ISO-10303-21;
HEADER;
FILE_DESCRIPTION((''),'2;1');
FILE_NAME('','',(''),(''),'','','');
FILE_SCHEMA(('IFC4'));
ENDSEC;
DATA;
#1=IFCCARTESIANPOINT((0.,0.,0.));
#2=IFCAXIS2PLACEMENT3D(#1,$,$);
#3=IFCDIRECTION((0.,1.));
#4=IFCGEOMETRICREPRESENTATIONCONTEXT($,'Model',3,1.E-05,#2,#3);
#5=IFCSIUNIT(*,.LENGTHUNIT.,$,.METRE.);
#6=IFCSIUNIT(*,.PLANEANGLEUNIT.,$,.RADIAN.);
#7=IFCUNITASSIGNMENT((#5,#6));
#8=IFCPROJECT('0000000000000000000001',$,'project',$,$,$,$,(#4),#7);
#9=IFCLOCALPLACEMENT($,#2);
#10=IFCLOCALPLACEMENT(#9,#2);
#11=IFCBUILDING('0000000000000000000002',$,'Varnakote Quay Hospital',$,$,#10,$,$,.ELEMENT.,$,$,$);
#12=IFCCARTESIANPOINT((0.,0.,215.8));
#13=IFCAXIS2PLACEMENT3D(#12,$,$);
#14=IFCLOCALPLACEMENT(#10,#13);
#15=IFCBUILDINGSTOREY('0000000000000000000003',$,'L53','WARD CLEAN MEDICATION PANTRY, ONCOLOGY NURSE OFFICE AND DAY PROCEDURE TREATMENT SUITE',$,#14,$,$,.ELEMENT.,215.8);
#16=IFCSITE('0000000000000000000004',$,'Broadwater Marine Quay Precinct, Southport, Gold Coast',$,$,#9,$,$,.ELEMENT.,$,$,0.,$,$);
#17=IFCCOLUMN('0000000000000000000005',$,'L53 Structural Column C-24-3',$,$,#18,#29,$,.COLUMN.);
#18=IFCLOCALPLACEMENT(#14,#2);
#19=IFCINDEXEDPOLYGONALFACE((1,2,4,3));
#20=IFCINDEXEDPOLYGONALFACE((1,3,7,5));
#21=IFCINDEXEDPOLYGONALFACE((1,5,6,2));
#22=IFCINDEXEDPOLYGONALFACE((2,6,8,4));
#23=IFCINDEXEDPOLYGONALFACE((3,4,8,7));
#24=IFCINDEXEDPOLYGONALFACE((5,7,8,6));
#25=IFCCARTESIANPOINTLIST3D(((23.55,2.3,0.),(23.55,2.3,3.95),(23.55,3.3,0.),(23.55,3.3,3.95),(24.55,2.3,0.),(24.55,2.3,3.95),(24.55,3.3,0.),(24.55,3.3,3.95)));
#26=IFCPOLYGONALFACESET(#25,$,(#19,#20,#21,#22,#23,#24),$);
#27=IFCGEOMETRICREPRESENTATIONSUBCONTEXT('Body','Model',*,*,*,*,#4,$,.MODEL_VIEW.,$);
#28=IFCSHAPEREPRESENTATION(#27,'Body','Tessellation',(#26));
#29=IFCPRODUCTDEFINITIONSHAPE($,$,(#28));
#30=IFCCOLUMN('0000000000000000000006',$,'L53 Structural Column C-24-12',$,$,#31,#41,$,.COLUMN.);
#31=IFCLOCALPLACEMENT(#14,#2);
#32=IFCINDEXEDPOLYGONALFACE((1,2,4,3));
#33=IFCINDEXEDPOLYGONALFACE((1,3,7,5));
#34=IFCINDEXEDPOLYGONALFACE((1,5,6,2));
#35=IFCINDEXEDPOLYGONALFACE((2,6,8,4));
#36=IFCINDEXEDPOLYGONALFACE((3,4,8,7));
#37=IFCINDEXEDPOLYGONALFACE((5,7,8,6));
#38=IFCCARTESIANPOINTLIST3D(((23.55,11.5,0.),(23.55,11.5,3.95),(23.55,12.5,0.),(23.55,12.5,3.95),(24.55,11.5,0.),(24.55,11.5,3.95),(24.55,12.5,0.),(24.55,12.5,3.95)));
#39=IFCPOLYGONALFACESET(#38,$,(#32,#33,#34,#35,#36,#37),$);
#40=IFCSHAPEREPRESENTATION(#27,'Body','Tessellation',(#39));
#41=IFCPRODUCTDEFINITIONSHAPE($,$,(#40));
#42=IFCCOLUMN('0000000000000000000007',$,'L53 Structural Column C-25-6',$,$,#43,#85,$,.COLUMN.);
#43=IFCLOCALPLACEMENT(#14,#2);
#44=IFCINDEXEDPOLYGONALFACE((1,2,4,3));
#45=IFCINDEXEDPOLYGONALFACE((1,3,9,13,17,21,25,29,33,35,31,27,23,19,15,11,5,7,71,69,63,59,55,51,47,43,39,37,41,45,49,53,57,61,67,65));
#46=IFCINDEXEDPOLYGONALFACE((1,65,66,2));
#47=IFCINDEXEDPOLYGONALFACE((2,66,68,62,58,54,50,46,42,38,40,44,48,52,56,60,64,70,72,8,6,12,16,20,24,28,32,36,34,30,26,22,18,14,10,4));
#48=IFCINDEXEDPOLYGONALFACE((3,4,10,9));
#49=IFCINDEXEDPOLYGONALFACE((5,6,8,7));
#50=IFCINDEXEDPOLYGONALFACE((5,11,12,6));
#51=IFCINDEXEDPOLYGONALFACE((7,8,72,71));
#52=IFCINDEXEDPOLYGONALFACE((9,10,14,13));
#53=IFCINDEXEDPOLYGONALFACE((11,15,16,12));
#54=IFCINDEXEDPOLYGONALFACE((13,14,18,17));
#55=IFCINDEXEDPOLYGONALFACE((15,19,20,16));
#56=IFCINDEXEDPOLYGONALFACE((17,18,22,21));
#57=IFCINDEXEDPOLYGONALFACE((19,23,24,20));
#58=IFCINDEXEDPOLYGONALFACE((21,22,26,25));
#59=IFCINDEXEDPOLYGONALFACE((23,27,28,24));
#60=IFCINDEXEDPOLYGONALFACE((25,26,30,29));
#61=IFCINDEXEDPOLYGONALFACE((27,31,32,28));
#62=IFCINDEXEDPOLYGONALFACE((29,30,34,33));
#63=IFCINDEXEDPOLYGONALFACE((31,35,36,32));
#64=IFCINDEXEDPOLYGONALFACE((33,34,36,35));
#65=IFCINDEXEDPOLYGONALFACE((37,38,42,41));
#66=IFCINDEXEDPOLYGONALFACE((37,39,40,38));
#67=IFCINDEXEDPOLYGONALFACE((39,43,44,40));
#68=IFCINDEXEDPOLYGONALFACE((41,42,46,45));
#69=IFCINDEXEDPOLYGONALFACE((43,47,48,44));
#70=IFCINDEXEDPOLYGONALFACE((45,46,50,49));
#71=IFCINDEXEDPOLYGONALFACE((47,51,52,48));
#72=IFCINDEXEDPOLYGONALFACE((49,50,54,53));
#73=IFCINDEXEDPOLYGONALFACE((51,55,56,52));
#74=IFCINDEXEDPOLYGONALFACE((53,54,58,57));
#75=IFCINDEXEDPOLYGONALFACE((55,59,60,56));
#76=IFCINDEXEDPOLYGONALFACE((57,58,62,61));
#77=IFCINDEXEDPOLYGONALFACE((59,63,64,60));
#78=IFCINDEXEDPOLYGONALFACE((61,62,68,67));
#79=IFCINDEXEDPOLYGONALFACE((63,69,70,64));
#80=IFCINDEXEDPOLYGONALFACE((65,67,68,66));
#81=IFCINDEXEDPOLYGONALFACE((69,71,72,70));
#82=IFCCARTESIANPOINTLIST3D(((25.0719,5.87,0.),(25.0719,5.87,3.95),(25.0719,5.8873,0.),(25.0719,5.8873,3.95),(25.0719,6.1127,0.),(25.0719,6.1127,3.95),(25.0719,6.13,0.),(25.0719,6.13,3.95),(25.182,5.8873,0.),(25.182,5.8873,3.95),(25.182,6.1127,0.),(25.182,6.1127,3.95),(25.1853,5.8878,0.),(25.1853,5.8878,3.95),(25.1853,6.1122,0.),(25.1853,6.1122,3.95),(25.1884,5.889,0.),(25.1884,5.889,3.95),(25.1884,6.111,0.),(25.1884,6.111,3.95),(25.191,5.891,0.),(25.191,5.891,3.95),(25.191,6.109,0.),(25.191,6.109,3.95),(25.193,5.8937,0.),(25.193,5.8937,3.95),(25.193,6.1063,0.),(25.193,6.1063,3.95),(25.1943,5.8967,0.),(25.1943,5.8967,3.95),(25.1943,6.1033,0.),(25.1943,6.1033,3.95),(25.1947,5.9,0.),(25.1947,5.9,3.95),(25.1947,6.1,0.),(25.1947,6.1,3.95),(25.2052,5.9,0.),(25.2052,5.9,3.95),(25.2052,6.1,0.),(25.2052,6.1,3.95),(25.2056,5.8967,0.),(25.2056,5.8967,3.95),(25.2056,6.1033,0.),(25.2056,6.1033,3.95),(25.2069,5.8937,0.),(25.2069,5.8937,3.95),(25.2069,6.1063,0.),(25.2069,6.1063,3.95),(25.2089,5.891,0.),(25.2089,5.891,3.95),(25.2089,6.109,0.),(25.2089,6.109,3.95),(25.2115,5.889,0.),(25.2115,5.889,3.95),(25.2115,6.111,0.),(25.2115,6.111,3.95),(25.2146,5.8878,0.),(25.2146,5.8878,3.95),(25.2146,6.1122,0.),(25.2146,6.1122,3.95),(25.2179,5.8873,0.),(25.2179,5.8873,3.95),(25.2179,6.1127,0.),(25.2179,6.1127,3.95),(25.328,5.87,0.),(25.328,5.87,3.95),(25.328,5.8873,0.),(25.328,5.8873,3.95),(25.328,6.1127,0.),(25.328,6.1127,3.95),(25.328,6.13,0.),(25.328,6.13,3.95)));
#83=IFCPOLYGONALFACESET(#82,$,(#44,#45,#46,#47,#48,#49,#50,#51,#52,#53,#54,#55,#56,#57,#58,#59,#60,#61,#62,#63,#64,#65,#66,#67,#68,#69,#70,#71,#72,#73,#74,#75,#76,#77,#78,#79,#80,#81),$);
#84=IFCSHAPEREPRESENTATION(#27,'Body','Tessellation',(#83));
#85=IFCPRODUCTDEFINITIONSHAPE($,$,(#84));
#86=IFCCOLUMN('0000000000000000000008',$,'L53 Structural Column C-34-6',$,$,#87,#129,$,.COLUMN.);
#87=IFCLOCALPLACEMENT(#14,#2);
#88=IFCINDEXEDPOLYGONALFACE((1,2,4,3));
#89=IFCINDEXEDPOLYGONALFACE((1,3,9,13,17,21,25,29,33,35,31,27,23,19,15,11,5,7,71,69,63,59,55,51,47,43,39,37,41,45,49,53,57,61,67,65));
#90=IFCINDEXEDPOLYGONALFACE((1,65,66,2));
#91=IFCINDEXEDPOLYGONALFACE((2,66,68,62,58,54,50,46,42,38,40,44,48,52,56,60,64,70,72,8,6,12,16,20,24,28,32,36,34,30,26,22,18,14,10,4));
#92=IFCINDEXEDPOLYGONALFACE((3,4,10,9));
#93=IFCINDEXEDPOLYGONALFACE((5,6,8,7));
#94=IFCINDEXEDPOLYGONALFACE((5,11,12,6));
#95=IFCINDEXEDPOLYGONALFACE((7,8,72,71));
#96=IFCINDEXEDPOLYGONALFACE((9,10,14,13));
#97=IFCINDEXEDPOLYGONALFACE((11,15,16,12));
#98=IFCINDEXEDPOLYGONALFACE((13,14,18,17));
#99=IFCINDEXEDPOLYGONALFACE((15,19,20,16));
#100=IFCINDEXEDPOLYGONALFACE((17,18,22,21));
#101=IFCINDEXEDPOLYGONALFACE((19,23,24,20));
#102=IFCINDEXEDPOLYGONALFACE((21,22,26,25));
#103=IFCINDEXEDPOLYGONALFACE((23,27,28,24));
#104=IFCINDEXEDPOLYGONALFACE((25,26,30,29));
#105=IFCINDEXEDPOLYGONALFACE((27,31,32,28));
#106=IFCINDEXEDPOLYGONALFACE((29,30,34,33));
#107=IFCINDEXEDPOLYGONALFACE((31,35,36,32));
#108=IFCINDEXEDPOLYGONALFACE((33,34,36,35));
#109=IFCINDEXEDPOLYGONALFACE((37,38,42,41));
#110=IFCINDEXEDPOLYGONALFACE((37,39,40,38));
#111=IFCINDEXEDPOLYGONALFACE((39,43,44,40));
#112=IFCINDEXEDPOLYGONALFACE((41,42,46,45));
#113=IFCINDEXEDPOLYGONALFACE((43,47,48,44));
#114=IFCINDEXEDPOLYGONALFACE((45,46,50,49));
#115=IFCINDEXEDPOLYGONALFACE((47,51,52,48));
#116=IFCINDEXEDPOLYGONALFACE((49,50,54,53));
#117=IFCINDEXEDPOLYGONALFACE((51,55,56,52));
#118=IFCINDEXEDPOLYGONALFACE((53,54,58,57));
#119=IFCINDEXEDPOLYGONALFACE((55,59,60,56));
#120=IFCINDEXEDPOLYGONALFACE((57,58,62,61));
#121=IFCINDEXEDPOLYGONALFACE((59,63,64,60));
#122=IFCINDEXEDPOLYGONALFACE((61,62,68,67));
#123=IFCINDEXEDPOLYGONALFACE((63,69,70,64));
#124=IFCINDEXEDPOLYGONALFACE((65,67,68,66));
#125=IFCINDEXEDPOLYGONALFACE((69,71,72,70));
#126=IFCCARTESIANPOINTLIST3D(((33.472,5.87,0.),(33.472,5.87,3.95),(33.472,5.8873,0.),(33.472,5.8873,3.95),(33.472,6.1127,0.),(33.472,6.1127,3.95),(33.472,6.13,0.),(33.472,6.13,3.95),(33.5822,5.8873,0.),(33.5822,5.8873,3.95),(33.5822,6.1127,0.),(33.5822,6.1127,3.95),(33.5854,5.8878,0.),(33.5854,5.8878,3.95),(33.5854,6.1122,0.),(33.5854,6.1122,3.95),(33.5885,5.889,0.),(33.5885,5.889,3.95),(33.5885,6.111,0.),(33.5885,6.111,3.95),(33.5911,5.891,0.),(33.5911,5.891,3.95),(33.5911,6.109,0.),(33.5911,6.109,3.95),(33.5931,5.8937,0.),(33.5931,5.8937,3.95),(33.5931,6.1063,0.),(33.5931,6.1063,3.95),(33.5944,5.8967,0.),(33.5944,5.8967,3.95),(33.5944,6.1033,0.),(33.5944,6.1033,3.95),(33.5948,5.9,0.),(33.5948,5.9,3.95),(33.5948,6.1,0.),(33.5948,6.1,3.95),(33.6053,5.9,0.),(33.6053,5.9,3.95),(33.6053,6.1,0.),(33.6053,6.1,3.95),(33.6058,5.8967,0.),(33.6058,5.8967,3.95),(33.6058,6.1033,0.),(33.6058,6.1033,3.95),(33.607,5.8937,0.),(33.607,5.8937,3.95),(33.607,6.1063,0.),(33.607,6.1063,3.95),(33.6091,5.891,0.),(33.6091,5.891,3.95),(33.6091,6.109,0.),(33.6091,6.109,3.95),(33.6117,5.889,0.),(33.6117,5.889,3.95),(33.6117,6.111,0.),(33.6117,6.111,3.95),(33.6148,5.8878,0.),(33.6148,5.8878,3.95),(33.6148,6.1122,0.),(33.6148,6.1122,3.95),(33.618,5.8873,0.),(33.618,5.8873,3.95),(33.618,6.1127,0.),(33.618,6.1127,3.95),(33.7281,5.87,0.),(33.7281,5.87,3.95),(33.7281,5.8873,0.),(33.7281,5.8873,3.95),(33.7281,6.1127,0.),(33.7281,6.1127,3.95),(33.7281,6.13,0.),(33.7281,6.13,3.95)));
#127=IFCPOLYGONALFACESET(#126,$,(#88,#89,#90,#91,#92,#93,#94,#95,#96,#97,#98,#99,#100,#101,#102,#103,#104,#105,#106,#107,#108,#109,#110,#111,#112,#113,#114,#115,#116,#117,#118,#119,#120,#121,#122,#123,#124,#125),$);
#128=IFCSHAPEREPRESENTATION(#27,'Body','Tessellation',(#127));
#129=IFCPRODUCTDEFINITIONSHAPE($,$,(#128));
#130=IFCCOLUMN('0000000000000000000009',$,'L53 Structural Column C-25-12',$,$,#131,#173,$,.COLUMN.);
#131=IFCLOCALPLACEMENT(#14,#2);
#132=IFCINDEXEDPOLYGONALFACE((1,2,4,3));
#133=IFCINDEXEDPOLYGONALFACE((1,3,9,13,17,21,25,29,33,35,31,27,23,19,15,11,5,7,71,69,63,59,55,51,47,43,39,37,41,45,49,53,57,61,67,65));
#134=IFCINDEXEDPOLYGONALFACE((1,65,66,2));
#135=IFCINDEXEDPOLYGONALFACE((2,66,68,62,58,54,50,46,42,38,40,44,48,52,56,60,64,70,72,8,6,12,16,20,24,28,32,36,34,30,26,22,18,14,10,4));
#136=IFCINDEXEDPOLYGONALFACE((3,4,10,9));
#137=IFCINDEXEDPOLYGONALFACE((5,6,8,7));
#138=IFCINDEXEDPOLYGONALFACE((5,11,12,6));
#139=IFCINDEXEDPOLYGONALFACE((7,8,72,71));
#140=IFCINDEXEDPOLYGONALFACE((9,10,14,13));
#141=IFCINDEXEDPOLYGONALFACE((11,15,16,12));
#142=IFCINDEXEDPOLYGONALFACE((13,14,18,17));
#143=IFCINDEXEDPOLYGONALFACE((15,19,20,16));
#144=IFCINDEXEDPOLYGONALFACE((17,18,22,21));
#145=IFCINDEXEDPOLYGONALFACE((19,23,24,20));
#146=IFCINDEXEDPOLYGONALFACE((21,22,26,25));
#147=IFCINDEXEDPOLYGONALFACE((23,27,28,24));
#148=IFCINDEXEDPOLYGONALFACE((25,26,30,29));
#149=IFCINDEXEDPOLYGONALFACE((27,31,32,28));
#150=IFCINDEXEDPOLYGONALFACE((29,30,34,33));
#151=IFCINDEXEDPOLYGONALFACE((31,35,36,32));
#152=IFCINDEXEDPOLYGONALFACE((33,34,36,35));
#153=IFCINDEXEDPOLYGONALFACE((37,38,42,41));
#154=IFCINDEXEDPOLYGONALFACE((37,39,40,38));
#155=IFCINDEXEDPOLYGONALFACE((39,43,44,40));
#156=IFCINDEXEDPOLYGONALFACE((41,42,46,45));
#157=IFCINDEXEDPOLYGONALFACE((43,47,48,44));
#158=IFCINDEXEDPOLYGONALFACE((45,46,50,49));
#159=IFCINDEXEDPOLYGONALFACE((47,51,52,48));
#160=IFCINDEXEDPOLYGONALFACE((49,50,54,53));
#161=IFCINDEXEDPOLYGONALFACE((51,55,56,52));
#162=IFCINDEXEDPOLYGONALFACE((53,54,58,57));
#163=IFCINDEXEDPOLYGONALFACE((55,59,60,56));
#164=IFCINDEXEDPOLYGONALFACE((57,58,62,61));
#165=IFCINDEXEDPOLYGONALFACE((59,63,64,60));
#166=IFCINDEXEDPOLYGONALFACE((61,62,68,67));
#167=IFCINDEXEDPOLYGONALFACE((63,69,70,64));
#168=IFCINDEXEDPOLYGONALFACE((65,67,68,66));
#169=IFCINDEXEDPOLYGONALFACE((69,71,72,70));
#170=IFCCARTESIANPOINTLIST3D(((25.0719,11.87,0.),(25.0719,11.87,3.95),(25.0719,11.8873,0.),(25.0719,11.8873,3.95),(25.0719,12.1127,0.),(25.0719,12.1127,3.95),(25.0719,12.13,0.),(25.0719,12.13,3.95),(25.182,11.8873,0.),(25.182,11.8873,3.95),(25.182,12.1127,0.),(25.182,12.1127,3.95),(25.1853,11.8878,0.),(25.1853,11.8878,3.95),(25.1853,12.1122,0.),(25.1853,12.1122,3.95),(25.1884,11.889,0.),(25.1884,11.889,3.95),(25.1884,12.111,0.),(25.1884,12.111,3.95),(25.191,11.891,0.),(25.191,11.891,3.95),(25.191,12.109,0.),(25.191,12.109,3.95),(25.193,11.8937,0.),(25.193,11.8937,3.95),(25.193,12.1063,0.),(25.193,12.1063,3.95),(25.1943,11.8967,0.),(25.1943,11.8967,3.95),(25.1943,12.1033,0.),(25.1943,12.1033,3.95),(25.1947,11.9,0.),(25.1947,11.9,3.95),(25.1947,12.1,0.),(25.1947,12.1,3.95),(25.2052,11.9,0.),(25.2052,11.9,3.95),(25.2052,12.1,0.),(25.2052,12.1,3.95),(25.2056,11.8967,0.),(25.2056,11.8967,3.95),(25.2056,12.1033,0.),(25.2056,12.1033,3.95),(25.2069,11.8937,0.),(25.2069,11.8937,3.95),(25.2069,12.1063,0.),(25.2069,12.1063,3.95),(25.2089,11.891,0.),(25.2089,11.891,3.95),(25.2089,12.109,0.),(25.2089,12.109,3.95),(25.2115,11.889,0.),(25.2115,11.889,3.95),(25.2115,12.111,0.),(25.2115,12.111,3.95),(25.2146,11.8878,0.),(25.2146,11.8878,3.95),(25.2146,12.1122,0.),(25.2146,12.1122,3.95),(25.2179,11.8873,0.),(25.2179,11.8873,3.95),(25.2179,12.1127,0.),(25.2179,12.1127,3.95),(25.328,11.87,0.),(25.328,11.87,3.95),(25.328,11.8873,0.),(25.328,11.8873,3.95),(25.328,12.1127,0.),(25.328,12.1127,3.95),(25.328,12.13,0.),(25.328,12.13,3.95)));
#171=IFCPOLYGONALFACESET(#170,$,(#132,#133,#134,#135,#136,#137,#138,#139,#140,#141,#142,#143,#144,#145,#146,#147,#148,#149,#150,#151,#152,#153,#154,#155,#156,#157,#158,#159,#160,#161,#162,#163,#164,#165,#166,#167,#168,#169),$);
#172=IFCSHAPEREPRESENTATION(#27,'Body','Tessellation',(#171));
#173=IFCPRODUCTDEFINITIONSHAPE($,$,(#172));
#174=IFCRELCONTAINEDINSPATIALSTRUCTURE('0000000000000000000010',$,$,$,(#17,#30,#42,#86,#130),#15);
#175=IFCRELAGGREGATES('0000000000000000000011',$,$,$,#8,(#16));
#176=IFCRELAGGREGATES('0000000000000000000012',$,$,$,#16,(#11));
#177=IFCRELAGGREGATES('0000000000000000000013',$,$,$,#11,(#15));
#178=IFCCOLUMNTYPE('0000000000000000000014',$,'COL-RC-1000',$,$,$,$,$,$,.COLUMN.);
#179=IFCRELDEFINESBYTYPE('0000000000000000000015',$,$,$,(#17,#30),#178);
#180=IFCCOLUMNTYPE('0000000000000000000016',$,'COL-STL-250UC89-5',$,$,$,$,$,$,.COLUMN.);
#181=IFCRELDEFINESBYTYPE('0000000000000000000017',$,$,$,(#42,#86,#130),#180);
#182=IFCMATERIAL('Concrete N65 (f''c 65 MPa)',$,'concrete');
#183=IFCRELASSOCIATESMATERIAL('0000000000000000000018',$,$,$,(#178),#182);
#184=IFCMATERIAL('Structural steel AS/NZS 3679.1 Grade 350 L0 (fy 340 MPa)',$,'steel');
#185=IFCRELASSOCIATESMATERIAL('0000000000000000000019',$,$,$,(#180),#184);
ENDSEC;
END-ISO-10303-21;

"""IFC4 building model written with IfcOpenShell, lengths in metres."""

from ifc_helpers import new_model, si_unit, direction, frame, origin, origin_2d, place, context, subcontext, project, spatial, rectangle, i_section, extrude, material, material_profile, profile_set, type_object, element, save


model = new_model("IFC4")

# Units and contexts
model_context = context("Model", 3, precision=1e-05, world=origin(), true_north=direction((0.0, 1.0)))
body_context = subcontext(model_context, "Body", "Model", "MODEL_VIEW")
ifc_project = project(units=[si_unit("LENGTHUNIT", "METRE"), si_unit("PLANEANGLEUNIT", "RADIAN")], contexts=[model_context])

# Site, building, storey
site_placement = place(None, origin())
site = spatial("IfcSite", under=ifc_project, at=site_placement, Name="Broadwater Marine Quay Precinct, Southport, Gold Coast", CompositionType="ELEMENT", RefElevation=0.0)
building_placement = place(site_placement, origin())
building = spatial("IfcBuilding", under=site, at=building_placement, Name="Varnakote Quay Hospital", CompositionType="ELEMENT")
storey_placement = place(building_placement, frame((0.0, 0.0, 215.8)))
storey = spatial("IfcBuildingStorey", under=building, at=storey_placement, Name="L53", Description="WARD CLEAN MEDICATION PANTRY, ONCOLOGY NURSE OFFICE AND DAY PROCEDURE TREATMENT SUITE", CompositionType="ELEMENT", Elevation=215.8)

# Columns
ifc_material_1 = material(Name="Concrete N65 (f'c 65 MPa)", Category="concrete")
ifc_material_profile_1 = material_profile(ifc_material_1, rectangle(XDim=1.0, YDim=1.0, at=origin_2d()), Name="RC-COL-1000x1000")
ifc_profile_set_1 = profile_set([ifc_material_profile_1], Name="Concrete N65 (f'c 65 MPa)")
column_type_1 = type_object("IfcColumnType", Name="COL-RC-1000", PredefinedType="COLUMN", material=ifc_profile_set_1)
for number, where, z_axis, x_axis, name in (
    (1, (24.05, 2.8, 0.0), (0.0, 0.0, 1.0), (1.0, 0.0, 0.0), "L53 Structural Column C-24-3"),
    (2, (24.05, 12.0, 0.0), (0.0, 0.0, 1.0), (1.0, 0.0, 0.0), "L53 Structural Column C-24-12"),
):
    element("IfcColumn", number, at=place(storey_placement, frame(where, z_axis=z_axis, x_axis=x_axis)), inside=storey, type_object=column_type_1, Name=name, PredefinedType="COLUMN", context=body_context, shape_type="SweptSolid", body=[
        extrude(rectangle(XDim=1.0, YDim=1.0, at=origin_2d()), origin(), (0.0, 0.0, 1.0), 3.95),
    ])
ifc_material_2 = material(Name="Structural steel AS/NZS 3679.1 Grade 350 L0 (fy 340 MPa)", Category="steel")
ifc_material_profile_2 = material_profile(ifc_material_2, i_section(OverallWidth=0.2561, OverallDepth=0.26, WebThickness=0.0105, FlangeThickness=0.0173, FilletRadius=0.0127, at=origin_2d()), Name="250UC89.5")
ifc_profile_set_2 = profile_set([ifc_material_profile_2], Name="Structural steel AS/NZS 3679.1 Grade 350 L0 (fy 340 MPa)")
column_type_2 = type_object("IfcColumnType", Name="COL-STL-250UC89-5", PredefinedType="COLUMN", material=ifc_profile_set_2)
for number, where, z_axis, x_axis, name in (
    (3, (25.2, 6.0, 0.0), (0.0, 0.0, 1.0), (1.0, 0.0, 0.0), "L53 Structural Column C-25-6"),
    (4, (33.6001, 6.0, 0.0), (0.0, 0.0, 1.0), (1.0, 0.0, 0.0), "L53 Structural Column C-34-6"),
    (5, (25.2, 12.0, 0.0), (0.0, 0.0, 1.0), (1.0, 0.0, 0.0), "L53 Structural Column C-25-12"),
):
    element("IfcColumn", number, at=place(storey_placement, frame(where, z_axis=z_axis, x_axis=x_axis)), inside=storey, type_object=column_type_2, Name=name, PredefinedType="COLUMN", context=body_context, shape_type="SweptSolid", body=[
        extrude(i_section(OverallWidth=0.2561, OverallDepth=0.26, WebThickness=0.0105, FlangeThickness=0.0173, FilletRadius=0.0127, at=origin_2d()), origin(), (0.0, 0.0, 1.0), 3.95),
    ])

save(model, "model.ifc")
